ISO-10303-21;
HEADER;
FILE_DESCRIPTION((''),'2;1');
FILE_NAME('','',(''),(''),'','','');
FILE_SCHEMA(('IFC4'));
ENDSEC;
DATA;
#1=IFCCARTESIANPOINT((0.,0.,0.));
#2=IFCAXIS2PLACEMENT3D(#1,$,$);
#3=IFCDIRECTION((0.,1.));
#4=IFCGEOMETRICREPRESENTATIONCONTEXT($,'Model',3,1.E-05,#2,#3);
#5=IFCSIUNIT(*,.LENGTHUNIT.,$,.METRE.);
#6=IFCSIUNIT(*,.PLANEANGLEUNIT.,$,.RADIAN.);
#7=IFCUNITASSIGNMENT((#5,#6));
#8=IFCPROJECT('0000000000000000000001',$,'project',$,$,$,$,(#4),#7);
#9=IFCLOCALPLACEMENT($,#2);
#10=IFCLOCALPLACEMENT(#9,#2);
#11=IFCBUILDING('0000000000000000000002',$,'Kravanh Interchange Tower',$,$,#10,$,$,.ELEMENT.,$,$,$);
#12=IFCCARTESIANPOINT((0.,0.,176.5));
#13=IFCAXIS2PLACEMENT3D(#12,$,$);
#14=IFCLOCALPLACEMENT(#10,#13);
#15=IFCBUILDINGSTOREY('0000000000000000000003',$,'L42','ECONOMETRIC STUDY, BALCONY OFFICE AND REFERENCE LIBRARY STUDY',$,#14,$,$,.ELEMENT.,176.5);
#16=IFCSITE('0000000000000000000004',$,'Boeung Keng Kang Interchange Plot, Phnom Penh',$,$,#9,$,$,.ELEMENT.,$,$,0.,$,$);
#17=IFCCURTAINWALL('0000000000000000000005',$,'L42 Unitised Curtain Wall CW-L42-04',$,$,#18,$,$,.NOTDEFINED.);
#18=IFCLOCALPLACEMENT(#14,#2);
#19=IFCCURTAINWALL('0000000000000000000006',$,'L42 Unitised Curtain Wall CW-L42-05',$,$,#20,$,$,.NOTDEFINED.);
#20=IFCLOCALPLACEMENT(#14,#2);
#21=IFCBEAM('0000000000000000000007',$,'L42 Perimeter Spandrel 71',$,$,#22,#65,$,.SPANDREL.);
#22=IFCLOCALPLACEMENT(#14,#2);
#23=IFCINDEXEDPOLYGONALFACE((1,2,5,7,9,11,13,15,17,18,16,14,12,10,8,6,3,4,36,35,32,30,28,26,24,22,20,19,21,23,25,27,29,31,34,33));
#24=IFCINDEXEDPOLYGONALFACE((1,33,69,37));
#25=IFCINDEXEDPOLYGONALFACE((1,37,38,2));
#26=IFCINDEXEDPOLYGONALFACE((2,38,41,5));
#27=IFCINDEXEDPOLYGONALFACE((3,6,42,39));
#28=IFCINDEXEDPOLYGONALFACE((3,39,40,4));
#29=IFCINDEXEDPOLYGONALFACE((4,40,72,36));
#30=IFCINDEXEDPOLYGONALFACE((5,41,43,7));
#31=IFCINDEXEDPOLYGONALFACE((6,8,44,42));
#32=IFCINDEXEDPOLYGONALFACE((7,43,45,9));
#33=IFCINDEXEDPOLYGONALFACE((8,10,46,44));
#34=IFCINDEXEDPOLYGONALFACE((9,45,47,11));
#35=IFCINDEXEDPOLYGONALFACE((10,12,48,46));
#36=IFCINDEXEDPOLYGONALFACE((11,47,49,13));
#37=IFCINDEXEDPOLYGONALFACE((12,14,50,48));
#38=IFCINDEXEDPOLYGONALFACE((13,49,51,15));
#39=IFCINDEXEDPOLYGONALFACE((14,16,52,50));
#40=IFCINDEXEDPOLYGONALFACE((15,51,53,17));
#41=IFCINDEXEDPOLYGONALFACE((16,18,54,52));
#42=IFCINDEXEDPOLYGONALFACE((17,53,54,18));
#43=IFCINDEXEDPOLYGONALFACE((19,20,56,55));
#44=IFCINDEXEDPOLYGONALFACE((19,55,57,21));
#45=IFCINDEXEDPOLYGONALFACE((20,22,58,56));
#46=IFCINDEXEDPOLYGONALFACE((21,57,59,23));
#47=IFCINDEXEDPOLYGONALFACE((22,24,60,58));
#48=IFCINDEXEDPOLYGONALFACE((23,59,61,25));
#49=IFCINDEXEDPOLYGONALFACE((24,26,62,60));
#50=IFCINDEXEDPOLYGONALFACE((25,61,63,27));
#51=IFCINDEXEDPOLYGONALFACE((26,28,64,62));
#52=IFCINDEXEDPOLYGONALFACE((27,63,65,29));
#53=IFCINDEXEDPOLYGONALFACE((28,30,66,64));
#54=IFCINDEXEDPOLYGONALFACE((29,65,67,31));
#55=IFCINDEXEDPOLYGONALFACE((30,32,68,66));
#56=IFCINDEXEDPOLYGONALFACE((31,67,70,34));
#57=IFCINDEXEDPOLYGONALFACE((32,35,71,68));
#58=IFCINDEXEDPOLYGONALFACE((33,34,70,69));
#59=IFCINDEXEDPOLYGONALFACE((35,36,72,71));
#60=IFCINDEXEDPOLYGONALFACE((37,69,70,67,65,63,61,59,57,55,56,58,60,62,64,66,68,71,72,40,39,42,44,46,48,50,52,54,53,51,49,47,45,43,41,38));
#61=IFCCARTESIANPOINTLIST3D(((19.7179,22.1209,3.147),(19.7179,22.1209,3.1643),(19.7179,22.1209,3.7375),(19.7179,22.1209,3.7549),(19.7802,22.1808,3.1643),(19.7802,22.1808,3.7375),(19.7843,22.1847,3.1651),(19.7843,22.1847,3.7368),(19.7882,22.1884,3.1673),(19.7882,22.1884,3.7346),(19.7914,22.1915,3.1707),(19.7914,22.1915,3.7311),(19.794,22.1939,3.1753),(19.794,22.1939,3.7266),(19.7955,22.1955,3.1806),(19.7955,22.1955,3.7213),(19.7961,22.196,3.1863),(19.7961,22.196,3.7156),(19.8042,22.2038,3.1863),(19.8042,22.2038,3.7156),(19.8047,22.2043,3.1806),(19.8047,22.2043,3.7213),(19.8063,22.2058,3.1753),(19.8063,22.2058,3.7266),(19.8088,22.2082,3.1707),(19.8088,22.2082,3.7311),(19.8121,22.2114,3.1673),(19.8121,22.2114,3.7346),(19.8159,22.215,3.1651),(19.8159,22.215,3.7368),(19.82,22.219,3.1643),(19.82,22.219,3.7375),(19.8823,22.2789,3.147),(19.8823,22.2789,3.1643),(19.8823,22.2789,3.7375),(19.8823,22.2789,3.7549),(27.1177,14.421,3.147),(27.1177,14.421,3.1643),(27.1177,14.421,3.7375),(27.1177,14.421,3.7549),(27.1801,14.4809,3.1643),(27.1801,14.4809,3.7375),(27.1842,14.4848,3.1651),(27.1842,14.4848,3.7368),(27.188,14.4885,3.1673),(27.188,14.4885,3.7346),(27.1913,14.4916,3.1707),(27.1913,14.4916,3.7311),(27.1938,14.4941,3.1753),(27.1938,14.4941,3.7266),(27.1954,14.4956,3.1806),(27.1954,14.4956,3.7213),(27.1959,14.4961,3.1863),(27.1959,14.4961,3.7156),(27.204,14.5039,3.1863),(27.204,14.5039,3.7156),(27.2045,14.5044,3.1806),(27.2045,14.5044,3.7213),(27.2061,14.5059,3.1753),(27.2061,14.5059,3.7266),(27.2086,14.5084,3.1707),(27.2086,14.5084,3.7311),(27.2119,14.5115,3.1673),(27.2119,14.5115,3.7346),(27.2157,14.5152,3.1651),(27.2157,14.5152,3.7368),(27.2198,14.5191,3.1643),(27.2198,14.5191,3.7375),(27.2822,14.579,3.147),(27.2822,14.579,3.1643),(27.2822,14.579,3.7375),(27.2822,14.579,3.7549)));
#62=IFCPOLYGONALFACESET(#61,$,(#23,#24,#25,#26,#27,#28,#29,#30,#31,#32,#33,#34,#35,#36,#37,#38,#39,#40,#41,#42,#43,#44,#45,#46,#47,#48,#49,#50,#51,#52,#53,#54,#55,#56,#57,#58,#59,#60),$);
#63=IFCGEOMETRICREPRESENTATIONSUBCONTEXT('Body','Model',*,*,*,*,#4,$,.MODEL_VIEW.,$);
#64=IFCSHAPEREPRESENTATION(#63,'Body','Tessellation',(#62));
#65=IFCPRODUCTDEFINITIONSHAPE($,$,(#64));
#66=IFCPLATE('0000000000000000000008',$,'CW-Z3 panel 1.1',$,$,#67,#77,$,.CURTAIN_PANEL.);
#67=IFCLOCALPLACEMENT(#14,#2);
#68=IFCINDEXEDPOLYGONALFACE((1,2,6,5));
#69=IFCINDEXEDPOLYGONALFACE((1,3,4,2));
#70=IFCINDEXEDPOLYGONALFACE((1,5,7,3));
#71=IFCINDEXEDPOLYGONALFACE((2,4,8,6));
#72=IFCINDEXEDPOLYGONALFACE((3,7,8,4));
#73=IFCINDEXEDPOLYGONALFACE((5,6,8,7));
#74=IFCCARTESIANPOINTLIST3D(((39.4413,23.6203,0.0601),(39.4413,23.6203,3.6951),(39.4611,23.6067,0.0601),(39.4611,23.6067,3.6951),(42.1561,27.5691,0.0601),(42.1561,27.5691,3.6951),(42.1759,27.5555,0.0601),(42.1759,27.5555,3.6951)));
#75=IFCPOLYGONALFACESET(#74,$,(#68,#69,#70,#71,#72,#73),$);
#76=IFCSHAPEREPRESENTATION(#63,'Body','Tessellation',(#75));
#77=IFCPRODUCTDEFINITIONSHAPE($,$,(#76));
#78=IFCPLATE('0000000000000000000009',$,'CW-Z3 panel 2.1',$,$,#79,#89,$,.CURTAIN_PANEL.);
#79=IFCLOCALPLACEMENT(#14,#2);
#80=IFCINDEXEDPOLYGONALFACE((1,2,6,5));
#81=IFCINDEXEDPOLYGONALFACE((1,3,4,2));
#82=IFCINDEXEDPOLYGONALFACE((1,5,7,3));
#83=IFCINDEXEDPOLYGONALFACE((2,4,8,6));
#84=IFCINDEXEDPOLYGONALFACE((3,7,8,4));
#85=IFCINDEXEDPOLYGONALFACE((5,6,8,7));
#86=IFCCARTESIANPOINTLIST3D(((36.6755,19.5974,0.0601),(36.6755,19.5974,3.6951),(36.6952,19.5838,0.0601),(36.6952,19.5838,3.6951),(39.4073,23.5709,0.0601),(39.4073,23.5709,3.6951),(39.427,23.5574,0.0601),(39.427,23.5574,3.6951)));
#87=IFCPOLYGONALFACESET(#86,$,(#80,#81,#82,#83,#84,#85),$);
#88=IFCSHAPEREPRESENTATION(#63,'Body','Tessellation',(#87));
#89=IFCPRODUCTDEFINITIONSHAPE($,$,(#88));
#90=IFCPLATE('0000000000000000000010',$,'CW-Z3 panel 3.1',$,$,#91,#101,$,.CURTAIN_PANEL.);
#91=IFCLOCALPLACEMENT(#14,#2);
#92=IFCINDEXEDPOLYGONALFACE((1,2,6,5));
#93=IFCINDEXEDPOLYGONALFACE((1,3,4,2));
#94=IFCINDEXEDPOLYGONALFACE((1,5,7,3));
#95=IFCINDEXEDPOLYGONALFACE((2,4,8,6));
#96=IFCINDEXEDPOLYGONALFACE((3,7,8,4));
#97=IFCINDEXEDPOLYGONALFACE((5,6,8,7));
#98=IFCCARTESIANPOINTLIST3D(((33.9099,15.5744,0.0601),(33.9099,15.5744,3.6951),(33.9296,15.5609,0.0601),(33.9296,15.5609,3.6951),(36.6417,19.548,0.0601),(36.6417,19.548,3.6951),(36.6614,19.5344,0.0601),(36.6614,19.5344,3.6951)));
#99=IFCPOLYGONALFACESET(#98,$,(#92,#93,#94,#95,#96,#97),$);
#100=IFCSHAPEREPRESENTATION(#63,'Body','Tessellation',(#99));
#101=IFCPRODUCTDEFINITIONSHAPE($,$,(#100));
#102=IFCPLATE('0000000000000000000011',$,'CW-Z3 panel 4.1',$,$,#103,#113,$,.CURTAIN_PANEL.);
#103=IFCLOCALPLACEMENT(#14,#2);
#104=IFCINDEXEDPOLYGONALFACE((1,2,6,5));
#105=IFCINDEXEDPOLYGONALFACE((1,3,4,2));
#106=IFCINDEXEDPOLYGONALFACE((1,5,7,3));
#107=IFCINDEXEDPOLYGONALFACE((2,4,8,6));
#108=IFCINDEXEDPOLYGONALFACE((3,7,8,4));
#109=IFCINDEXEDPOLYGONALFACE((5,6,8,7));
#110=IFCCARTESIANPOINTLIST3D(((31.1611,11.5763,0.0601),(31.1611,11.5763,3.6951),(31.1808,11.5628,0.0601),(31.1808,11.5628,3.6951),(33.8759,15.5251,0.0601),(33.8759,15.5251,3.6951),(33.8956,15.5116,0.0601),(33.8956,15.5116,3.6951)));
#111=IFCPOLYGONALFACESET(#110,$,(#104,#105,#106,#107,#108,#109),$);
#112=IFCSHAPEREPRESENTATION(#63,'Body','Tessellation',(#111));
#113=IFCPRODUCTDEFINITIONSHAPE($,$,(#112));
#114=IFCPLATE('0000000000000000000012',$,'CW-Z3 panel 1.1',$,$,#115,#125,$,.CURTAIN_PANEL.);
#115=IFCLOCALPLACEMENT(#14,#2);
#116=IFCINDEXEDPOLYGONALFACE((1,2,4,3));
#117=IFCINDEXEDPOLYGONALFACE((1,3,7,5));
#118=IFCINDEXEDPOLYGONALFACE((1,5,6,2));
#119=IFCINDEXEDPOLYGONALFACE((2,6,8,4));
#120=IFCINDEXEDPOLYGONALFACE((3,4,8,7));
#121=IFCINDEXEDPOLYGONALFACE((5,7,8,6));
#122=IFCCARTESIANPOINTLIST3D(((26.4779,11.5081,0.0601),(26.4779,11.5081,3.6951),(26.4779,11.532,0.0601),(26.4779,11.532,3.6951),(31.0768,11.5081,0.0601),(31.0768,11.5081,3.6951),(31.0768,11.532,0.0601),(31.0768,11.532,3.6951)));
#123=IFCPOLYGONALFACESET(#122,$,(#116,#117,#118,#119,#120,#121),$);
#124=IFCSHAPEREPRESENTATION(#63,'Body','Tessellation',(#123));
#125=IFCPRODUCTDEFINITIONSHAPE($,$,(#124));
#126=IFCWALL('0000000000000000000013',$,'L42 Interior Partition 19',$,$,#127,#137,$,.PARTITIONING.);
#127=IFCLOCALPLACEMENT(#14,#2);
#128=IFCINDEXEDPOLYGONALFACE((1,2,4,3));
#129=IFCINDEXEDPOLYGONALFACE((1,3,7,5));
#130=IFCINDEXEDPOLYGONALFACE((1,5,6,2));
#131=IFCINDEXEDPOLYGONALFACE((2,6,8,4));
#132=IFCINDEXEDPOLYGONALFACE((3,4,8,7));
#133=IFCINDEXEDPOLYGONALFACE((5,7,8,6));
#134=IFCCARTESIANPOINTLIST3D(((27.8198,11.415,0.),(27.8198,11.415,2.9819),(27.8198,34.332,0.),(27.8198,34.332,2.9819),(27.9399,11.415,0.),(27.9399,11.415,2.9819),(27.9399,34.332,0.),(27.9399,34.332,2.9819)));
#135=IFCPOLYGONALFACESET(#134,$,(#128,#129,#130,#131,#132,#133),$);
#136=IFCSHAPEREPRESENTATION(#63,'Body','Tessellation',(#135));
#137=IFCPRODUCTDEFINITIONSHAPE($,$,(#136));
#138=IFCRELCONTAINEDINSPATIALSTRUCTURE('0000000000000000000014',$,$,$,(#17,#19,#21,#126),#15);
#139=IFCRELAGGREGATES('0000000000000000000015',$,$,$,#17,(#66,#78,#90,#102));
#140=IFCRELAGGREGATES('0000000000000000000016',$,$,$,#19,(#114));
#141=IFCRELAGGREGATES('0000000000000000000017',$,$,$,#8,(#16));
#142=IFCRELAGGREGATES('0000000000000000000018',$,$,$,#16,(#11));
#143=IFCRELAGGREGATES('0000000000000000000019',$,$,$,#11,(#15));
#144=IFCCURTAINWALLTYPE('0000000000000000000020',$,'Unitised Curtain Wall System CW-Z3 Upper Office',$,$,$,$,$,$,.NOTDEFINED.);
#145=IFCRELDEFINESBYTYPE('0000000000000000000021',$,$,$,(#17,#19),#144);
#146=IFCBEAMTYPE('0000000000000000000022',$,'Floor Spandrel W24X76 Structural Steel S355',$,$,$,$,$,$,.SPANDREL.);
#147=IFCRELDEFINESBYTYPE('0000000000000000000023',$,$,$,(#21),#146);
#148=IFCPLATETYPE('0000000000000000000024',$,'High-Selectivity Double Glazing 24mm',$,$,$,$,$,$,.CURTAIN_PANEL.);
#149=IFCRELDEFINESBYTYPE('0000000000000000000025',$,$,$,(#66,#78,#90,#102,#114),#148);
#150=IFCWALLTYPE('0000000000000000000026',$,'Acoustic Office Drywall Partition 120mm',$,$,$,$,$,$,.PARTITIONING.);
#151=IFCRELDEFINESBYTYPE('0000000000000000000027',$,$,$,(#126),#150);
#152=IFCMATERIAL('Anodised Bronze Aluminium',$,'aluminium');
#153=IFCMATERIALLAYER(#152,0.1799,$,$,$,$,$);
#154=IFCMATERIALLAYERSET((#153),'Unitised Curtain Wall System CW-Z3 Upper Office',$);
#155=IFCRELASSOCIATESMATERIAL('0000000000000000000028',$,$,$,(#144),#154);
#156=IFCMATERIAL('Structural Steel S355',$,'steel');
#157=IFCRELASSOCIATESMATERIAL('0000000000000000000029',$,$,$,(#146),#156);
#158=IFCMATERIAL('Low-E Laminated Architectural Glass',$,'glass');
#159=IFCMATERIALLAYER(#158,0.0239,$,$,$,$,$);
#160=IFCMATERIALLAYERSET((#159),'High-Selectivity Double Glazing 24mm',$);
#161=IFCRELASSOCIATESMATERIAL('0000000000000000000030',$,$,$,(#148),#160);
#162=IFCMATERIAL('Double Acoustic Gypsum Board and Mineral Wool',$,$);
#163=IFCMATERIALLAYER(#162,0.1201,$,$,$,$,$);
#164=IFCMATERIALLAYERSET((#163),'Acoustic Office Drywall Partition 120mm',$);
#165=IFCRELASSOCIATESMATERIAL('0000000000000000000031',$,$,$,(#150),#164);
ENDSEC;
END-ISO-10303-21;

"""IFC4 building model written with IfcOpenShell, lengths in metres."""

from ifc_helpers import new_model, si_unit, direction, frame, frame_2d, origin, origin_2d, place, context, subcontext, project, spatial, rectangle, i_section, extrude, material, layer, layer_set, material_profile, profile_set, type_object, element, aggregate, save


model = new_model("IFC4")

# Units and contexts
model_context = context("Model", 3, precision=1e-05, world=origin(), true_north=direction((0.0, 1.0)))
body_context = subcontext(model_context, "Body", "Model", "MODEL_VIEW")
ifc_project = project(units=[si_unit("LENGTHUNIT", "METRE"), si_unit("PLANEANGLEUNIT", "RADIAN")], contexts=[model_context])

# Site, building, storey
site_placement = place(None, origin())
site = spatial("IfcSite", under=ifc_project, at=site_placement, Name="Boeung Keng Kang Interchange Plot, Phnom Penh", CompositionType="ELEMENT", RefElevation=0.0)
building_placement = place(site_placement, origin())
building = spatial("IfcBuilding", under=site, at=building_placement, Name="Kravanh Interchange Tower", CompositionType="ELEMENT")
storey_placement = place(building_placement, frame((0.0, 0.0, 176.5)))
storey = spatial("IfcBuildingStorey", under=building, at=storey_placement, Name="L42", Description="ECONOMETRIC STUDY, BALCONY OFFICE AND REFERENCE LIBRARY STUDY", CompositionType="ELEMENT", Elevation=176.5)

# Curtain walls
ifc_material_1 = material(Name="Anodised Bronze Aluminium", Category="aluminium")
ifc_layer_1 = layer(ifc_material_1, 0.1799)
ifc_layer_set_1 = layer_set([ifc_layer_1], Name="Unitised Curtain Wall System CW-Z3 Upper Office")
curtain_wall_type = type_object("IfcCurtainWallType", Name="Unitised Curtain Wall System CW-Z3 Upper Office", PredefinedType="NOTDEFINED", material=ifc_layer_set_1)
curtain_wall_1_placement = place(storey_placement, origin())
curtain_wall_1 = element("IfcCurtainWall", 1, at=curtain_wall_1_placement, inside=storey, type_object=curtain_wall_type, Name="L42 Unitised Curtain Wall CW-L42-04", PredefinedType="NOTDEFINED")
curtain_wall_2_placement = place(storey_placement, origin())
curtain_wall_2 = element("IfcCurtainWall", 2, at=curtain_wall_2_placement, inside=storey, type_object=curtain_wall_type, Name="L42 Unitised Curtain Wall CW-L42-05", PredefinedType="NOTDEFINED")

# Beam
ifc_material_2 = material(Name="Structural Steel S355", Category="steel")
ifc_material_profile_1 = material_profile(ifc_material_2, i_section(OverallWidth=0.228, OverallDepth=0.6079, WebThickness=0.0112, FlangeThickness=0.0173, FilletRadius=0.022, at=origin_2d()), Name="W24X76")
ifc_profile_set_1 = profile_set([ifc_material_profile_1], Name="Structural Steel S355")
beam_type_1 = type_object("IfcBeamType", Name="Floor Spandrel W24X76 Structural Steel S355", PredefinedType="SPANDREL", material=ifc_profile_set_1)
beam_1_placement = place(storey_placement, frame((27.2, 14.5, 3.4509), z_axis=(-0.692919, 0.721015, 0.0), x_axis=(-0.721015, -0.692919, 0.0)))
element("IfcBeam", 3, at=beam_1_placement, inside=storey, type_object=beam_type_1, Name="L42 Perimeter Spandrel 71", PredefinedType="SPANDREL", context=body_context, shape_type="SweptSolid", body=[
    extrude(i_section(OverallWidth=0.228, OverallDepth=0.6079, WebThickness=0.0112, FlangeThickness=0.0173, FilletRadius=0.022, at=origin_2d()), origin(), (0.0, 0.0, 1.0), 10.6792),
])

# Plates
ifc_material_3 = material(Name="Low-E Laminated Architectural Glass", Category="glass")
ifc_layer_2 = layer(ifc_material_3, 0.0239)
ifc_layer_set_2 = layer_set([ifc_layer_2], Name="High-Selectivity Double Glazing 24mm")
plate_type = type_object("IfcPlateType", Name="High-Selectivity Double Glazing 24mm", PredefinedType="CURTAIN_PANEL", material=ifc_layer_set_2)
plate_1_placement = place(storey_placement, frame((40.8086, 25.5879, 0.0601), z_axis=(0.0, 0.0, 1.0), x_axis=(-0.566528, -0.824042, 0.0)))
plate_1 = element("IfcPlate", 4, at=plate_1_placement, type_object=plate_type, Name="CW-Z3 panel 1.1", PredefinedType="CURTAIN_PANEL", context=body_context, shape_type="SweptSolid", body=[
    extrude(rectangle(XDim=4.792, YDim=0.0239, at=origin_2d()), origin(), (0.0, 0.0, 1.0), 3.635),
])
plate_2_placement = place(storey_placement, frame((38.0513, 21.5774, 0.0601), z_axis=(0.0, 0.0, 1.0), x_axis=(-0.566528, -0.824042, 0.0)))
plate_2 = element("IfcPlate", 5, at=plate_2_placement, type_object=plate_type, Name="CW-Z3 panel 2.1", PredefinedType="CURTAIN_PANEL", context=body_context, shape_type="SweptSolid", body=[
    extrude(rectangle(XDim=4.822, YDim=0.0239, at=origin_2d()), origin(), (0.0, 0.0, 1.0), 3.635),
])
plate_3_placement = place(storey_placement, frame((35.2856, 17.5544, 0.0601), z_axis=(0.0, 0.0, 1.0), x_axis=(-0.566528, -0.824042, 0.0)))
plate_3 = element("IfcPlate", 6, at=plate_3_placement, type_object=plate_type, Name="CW-Z3 panel 3.1", PredefinedType="CURTAIN_PANEL", context=body_context, shape_type="SweptSolid", body=[
    extrude(rectangle(XDim=4.822, YDim=0.0239, at=origin_2d()), origin(), (0.0, 0.0, 1.0), 3.635),
])
plate_4_placement = place(storey_placement, frame((32.5283, 13.5439, 0.0601), z_axis=(0.0, 0.0, 1.0), x_axis=(-0.566528, -0.824042, 0.0)))
plate_4 = element("IfcPlate", 7, at=plate_4_placement, type_object=plate_type, Name="CW-Z3 panel 4.1", PredefinedType="CURTAIN_PANEL", context=body_context, shape_type="SweptSolid", body=[
    extrude(rectangle(XDim=4.792, YDim=0.0239, at=origin_2d()), origin(), (0.0, 0.0, 1.0), 3.635),
])
aggregate(curtain_wall_1, [plate_1, plate_2, plate_3, plate_4])
plate_5_placement = place(storey_placement, frame((28.7773, 11.52, 0.0601), z_axis=(0.0, 0.0, 1.0), x_axis=(-1.0, 0.0, 0.0)))
plate_5 = element("IfcPlate", 8, at=plate_5_placement, type_object=plate_type, Name="CW-Z3 panel 1.1", PredefinedType="CURTAIN_PANEL", context=body_context, shape_type="SweptSolid", body=[
    extrude(rectangle(XDim=4.5989, YDim=0.0239, at=origin_2d()), origin(), (0.0, 0.0, 1.0), 3.635),
])
aggregate(curtain_wall_2, [plate_5])

# Wall
ifc_material_4 = material(Name="Double Acoustic Gypsum Board and Mineral Wool")
ifc_layer_3 = layer(ifc_material_4, 0.1201)
ifc_layer_set_3 = layer_set([ifc_layer_3], Name="Acoustic Office Drywall Partition 120mm")
wall_type = type_object("IfcWallType", Name="Acoustic Office Drywall Partition 120mm", PredefinedType="PARTITIONING", material=ifc_layer_set_3)
wall_placement = place(storey_placement, frame((27.8799, 11.415, 0.0), z_axis=(0.0, 0.0, 1.0), x_axis=(0.0, 1.0, 0.0)))
element("IfcWall", 9, at=wall_placement, inside=storey, type_object=wall_type, Name="L42 Interior Partition 19", PredefinedType="PARTITIONING", context=body_context, shape_type="SweptSolid", body=[
    extrude(rectangle(XDim=22.917, YDim=0.1201, at=frame_2d((11.4585, 0.0))), origin(), (0.0, 0.0, 1.0), 2.9819),
])

save(model, "model.ifc")
